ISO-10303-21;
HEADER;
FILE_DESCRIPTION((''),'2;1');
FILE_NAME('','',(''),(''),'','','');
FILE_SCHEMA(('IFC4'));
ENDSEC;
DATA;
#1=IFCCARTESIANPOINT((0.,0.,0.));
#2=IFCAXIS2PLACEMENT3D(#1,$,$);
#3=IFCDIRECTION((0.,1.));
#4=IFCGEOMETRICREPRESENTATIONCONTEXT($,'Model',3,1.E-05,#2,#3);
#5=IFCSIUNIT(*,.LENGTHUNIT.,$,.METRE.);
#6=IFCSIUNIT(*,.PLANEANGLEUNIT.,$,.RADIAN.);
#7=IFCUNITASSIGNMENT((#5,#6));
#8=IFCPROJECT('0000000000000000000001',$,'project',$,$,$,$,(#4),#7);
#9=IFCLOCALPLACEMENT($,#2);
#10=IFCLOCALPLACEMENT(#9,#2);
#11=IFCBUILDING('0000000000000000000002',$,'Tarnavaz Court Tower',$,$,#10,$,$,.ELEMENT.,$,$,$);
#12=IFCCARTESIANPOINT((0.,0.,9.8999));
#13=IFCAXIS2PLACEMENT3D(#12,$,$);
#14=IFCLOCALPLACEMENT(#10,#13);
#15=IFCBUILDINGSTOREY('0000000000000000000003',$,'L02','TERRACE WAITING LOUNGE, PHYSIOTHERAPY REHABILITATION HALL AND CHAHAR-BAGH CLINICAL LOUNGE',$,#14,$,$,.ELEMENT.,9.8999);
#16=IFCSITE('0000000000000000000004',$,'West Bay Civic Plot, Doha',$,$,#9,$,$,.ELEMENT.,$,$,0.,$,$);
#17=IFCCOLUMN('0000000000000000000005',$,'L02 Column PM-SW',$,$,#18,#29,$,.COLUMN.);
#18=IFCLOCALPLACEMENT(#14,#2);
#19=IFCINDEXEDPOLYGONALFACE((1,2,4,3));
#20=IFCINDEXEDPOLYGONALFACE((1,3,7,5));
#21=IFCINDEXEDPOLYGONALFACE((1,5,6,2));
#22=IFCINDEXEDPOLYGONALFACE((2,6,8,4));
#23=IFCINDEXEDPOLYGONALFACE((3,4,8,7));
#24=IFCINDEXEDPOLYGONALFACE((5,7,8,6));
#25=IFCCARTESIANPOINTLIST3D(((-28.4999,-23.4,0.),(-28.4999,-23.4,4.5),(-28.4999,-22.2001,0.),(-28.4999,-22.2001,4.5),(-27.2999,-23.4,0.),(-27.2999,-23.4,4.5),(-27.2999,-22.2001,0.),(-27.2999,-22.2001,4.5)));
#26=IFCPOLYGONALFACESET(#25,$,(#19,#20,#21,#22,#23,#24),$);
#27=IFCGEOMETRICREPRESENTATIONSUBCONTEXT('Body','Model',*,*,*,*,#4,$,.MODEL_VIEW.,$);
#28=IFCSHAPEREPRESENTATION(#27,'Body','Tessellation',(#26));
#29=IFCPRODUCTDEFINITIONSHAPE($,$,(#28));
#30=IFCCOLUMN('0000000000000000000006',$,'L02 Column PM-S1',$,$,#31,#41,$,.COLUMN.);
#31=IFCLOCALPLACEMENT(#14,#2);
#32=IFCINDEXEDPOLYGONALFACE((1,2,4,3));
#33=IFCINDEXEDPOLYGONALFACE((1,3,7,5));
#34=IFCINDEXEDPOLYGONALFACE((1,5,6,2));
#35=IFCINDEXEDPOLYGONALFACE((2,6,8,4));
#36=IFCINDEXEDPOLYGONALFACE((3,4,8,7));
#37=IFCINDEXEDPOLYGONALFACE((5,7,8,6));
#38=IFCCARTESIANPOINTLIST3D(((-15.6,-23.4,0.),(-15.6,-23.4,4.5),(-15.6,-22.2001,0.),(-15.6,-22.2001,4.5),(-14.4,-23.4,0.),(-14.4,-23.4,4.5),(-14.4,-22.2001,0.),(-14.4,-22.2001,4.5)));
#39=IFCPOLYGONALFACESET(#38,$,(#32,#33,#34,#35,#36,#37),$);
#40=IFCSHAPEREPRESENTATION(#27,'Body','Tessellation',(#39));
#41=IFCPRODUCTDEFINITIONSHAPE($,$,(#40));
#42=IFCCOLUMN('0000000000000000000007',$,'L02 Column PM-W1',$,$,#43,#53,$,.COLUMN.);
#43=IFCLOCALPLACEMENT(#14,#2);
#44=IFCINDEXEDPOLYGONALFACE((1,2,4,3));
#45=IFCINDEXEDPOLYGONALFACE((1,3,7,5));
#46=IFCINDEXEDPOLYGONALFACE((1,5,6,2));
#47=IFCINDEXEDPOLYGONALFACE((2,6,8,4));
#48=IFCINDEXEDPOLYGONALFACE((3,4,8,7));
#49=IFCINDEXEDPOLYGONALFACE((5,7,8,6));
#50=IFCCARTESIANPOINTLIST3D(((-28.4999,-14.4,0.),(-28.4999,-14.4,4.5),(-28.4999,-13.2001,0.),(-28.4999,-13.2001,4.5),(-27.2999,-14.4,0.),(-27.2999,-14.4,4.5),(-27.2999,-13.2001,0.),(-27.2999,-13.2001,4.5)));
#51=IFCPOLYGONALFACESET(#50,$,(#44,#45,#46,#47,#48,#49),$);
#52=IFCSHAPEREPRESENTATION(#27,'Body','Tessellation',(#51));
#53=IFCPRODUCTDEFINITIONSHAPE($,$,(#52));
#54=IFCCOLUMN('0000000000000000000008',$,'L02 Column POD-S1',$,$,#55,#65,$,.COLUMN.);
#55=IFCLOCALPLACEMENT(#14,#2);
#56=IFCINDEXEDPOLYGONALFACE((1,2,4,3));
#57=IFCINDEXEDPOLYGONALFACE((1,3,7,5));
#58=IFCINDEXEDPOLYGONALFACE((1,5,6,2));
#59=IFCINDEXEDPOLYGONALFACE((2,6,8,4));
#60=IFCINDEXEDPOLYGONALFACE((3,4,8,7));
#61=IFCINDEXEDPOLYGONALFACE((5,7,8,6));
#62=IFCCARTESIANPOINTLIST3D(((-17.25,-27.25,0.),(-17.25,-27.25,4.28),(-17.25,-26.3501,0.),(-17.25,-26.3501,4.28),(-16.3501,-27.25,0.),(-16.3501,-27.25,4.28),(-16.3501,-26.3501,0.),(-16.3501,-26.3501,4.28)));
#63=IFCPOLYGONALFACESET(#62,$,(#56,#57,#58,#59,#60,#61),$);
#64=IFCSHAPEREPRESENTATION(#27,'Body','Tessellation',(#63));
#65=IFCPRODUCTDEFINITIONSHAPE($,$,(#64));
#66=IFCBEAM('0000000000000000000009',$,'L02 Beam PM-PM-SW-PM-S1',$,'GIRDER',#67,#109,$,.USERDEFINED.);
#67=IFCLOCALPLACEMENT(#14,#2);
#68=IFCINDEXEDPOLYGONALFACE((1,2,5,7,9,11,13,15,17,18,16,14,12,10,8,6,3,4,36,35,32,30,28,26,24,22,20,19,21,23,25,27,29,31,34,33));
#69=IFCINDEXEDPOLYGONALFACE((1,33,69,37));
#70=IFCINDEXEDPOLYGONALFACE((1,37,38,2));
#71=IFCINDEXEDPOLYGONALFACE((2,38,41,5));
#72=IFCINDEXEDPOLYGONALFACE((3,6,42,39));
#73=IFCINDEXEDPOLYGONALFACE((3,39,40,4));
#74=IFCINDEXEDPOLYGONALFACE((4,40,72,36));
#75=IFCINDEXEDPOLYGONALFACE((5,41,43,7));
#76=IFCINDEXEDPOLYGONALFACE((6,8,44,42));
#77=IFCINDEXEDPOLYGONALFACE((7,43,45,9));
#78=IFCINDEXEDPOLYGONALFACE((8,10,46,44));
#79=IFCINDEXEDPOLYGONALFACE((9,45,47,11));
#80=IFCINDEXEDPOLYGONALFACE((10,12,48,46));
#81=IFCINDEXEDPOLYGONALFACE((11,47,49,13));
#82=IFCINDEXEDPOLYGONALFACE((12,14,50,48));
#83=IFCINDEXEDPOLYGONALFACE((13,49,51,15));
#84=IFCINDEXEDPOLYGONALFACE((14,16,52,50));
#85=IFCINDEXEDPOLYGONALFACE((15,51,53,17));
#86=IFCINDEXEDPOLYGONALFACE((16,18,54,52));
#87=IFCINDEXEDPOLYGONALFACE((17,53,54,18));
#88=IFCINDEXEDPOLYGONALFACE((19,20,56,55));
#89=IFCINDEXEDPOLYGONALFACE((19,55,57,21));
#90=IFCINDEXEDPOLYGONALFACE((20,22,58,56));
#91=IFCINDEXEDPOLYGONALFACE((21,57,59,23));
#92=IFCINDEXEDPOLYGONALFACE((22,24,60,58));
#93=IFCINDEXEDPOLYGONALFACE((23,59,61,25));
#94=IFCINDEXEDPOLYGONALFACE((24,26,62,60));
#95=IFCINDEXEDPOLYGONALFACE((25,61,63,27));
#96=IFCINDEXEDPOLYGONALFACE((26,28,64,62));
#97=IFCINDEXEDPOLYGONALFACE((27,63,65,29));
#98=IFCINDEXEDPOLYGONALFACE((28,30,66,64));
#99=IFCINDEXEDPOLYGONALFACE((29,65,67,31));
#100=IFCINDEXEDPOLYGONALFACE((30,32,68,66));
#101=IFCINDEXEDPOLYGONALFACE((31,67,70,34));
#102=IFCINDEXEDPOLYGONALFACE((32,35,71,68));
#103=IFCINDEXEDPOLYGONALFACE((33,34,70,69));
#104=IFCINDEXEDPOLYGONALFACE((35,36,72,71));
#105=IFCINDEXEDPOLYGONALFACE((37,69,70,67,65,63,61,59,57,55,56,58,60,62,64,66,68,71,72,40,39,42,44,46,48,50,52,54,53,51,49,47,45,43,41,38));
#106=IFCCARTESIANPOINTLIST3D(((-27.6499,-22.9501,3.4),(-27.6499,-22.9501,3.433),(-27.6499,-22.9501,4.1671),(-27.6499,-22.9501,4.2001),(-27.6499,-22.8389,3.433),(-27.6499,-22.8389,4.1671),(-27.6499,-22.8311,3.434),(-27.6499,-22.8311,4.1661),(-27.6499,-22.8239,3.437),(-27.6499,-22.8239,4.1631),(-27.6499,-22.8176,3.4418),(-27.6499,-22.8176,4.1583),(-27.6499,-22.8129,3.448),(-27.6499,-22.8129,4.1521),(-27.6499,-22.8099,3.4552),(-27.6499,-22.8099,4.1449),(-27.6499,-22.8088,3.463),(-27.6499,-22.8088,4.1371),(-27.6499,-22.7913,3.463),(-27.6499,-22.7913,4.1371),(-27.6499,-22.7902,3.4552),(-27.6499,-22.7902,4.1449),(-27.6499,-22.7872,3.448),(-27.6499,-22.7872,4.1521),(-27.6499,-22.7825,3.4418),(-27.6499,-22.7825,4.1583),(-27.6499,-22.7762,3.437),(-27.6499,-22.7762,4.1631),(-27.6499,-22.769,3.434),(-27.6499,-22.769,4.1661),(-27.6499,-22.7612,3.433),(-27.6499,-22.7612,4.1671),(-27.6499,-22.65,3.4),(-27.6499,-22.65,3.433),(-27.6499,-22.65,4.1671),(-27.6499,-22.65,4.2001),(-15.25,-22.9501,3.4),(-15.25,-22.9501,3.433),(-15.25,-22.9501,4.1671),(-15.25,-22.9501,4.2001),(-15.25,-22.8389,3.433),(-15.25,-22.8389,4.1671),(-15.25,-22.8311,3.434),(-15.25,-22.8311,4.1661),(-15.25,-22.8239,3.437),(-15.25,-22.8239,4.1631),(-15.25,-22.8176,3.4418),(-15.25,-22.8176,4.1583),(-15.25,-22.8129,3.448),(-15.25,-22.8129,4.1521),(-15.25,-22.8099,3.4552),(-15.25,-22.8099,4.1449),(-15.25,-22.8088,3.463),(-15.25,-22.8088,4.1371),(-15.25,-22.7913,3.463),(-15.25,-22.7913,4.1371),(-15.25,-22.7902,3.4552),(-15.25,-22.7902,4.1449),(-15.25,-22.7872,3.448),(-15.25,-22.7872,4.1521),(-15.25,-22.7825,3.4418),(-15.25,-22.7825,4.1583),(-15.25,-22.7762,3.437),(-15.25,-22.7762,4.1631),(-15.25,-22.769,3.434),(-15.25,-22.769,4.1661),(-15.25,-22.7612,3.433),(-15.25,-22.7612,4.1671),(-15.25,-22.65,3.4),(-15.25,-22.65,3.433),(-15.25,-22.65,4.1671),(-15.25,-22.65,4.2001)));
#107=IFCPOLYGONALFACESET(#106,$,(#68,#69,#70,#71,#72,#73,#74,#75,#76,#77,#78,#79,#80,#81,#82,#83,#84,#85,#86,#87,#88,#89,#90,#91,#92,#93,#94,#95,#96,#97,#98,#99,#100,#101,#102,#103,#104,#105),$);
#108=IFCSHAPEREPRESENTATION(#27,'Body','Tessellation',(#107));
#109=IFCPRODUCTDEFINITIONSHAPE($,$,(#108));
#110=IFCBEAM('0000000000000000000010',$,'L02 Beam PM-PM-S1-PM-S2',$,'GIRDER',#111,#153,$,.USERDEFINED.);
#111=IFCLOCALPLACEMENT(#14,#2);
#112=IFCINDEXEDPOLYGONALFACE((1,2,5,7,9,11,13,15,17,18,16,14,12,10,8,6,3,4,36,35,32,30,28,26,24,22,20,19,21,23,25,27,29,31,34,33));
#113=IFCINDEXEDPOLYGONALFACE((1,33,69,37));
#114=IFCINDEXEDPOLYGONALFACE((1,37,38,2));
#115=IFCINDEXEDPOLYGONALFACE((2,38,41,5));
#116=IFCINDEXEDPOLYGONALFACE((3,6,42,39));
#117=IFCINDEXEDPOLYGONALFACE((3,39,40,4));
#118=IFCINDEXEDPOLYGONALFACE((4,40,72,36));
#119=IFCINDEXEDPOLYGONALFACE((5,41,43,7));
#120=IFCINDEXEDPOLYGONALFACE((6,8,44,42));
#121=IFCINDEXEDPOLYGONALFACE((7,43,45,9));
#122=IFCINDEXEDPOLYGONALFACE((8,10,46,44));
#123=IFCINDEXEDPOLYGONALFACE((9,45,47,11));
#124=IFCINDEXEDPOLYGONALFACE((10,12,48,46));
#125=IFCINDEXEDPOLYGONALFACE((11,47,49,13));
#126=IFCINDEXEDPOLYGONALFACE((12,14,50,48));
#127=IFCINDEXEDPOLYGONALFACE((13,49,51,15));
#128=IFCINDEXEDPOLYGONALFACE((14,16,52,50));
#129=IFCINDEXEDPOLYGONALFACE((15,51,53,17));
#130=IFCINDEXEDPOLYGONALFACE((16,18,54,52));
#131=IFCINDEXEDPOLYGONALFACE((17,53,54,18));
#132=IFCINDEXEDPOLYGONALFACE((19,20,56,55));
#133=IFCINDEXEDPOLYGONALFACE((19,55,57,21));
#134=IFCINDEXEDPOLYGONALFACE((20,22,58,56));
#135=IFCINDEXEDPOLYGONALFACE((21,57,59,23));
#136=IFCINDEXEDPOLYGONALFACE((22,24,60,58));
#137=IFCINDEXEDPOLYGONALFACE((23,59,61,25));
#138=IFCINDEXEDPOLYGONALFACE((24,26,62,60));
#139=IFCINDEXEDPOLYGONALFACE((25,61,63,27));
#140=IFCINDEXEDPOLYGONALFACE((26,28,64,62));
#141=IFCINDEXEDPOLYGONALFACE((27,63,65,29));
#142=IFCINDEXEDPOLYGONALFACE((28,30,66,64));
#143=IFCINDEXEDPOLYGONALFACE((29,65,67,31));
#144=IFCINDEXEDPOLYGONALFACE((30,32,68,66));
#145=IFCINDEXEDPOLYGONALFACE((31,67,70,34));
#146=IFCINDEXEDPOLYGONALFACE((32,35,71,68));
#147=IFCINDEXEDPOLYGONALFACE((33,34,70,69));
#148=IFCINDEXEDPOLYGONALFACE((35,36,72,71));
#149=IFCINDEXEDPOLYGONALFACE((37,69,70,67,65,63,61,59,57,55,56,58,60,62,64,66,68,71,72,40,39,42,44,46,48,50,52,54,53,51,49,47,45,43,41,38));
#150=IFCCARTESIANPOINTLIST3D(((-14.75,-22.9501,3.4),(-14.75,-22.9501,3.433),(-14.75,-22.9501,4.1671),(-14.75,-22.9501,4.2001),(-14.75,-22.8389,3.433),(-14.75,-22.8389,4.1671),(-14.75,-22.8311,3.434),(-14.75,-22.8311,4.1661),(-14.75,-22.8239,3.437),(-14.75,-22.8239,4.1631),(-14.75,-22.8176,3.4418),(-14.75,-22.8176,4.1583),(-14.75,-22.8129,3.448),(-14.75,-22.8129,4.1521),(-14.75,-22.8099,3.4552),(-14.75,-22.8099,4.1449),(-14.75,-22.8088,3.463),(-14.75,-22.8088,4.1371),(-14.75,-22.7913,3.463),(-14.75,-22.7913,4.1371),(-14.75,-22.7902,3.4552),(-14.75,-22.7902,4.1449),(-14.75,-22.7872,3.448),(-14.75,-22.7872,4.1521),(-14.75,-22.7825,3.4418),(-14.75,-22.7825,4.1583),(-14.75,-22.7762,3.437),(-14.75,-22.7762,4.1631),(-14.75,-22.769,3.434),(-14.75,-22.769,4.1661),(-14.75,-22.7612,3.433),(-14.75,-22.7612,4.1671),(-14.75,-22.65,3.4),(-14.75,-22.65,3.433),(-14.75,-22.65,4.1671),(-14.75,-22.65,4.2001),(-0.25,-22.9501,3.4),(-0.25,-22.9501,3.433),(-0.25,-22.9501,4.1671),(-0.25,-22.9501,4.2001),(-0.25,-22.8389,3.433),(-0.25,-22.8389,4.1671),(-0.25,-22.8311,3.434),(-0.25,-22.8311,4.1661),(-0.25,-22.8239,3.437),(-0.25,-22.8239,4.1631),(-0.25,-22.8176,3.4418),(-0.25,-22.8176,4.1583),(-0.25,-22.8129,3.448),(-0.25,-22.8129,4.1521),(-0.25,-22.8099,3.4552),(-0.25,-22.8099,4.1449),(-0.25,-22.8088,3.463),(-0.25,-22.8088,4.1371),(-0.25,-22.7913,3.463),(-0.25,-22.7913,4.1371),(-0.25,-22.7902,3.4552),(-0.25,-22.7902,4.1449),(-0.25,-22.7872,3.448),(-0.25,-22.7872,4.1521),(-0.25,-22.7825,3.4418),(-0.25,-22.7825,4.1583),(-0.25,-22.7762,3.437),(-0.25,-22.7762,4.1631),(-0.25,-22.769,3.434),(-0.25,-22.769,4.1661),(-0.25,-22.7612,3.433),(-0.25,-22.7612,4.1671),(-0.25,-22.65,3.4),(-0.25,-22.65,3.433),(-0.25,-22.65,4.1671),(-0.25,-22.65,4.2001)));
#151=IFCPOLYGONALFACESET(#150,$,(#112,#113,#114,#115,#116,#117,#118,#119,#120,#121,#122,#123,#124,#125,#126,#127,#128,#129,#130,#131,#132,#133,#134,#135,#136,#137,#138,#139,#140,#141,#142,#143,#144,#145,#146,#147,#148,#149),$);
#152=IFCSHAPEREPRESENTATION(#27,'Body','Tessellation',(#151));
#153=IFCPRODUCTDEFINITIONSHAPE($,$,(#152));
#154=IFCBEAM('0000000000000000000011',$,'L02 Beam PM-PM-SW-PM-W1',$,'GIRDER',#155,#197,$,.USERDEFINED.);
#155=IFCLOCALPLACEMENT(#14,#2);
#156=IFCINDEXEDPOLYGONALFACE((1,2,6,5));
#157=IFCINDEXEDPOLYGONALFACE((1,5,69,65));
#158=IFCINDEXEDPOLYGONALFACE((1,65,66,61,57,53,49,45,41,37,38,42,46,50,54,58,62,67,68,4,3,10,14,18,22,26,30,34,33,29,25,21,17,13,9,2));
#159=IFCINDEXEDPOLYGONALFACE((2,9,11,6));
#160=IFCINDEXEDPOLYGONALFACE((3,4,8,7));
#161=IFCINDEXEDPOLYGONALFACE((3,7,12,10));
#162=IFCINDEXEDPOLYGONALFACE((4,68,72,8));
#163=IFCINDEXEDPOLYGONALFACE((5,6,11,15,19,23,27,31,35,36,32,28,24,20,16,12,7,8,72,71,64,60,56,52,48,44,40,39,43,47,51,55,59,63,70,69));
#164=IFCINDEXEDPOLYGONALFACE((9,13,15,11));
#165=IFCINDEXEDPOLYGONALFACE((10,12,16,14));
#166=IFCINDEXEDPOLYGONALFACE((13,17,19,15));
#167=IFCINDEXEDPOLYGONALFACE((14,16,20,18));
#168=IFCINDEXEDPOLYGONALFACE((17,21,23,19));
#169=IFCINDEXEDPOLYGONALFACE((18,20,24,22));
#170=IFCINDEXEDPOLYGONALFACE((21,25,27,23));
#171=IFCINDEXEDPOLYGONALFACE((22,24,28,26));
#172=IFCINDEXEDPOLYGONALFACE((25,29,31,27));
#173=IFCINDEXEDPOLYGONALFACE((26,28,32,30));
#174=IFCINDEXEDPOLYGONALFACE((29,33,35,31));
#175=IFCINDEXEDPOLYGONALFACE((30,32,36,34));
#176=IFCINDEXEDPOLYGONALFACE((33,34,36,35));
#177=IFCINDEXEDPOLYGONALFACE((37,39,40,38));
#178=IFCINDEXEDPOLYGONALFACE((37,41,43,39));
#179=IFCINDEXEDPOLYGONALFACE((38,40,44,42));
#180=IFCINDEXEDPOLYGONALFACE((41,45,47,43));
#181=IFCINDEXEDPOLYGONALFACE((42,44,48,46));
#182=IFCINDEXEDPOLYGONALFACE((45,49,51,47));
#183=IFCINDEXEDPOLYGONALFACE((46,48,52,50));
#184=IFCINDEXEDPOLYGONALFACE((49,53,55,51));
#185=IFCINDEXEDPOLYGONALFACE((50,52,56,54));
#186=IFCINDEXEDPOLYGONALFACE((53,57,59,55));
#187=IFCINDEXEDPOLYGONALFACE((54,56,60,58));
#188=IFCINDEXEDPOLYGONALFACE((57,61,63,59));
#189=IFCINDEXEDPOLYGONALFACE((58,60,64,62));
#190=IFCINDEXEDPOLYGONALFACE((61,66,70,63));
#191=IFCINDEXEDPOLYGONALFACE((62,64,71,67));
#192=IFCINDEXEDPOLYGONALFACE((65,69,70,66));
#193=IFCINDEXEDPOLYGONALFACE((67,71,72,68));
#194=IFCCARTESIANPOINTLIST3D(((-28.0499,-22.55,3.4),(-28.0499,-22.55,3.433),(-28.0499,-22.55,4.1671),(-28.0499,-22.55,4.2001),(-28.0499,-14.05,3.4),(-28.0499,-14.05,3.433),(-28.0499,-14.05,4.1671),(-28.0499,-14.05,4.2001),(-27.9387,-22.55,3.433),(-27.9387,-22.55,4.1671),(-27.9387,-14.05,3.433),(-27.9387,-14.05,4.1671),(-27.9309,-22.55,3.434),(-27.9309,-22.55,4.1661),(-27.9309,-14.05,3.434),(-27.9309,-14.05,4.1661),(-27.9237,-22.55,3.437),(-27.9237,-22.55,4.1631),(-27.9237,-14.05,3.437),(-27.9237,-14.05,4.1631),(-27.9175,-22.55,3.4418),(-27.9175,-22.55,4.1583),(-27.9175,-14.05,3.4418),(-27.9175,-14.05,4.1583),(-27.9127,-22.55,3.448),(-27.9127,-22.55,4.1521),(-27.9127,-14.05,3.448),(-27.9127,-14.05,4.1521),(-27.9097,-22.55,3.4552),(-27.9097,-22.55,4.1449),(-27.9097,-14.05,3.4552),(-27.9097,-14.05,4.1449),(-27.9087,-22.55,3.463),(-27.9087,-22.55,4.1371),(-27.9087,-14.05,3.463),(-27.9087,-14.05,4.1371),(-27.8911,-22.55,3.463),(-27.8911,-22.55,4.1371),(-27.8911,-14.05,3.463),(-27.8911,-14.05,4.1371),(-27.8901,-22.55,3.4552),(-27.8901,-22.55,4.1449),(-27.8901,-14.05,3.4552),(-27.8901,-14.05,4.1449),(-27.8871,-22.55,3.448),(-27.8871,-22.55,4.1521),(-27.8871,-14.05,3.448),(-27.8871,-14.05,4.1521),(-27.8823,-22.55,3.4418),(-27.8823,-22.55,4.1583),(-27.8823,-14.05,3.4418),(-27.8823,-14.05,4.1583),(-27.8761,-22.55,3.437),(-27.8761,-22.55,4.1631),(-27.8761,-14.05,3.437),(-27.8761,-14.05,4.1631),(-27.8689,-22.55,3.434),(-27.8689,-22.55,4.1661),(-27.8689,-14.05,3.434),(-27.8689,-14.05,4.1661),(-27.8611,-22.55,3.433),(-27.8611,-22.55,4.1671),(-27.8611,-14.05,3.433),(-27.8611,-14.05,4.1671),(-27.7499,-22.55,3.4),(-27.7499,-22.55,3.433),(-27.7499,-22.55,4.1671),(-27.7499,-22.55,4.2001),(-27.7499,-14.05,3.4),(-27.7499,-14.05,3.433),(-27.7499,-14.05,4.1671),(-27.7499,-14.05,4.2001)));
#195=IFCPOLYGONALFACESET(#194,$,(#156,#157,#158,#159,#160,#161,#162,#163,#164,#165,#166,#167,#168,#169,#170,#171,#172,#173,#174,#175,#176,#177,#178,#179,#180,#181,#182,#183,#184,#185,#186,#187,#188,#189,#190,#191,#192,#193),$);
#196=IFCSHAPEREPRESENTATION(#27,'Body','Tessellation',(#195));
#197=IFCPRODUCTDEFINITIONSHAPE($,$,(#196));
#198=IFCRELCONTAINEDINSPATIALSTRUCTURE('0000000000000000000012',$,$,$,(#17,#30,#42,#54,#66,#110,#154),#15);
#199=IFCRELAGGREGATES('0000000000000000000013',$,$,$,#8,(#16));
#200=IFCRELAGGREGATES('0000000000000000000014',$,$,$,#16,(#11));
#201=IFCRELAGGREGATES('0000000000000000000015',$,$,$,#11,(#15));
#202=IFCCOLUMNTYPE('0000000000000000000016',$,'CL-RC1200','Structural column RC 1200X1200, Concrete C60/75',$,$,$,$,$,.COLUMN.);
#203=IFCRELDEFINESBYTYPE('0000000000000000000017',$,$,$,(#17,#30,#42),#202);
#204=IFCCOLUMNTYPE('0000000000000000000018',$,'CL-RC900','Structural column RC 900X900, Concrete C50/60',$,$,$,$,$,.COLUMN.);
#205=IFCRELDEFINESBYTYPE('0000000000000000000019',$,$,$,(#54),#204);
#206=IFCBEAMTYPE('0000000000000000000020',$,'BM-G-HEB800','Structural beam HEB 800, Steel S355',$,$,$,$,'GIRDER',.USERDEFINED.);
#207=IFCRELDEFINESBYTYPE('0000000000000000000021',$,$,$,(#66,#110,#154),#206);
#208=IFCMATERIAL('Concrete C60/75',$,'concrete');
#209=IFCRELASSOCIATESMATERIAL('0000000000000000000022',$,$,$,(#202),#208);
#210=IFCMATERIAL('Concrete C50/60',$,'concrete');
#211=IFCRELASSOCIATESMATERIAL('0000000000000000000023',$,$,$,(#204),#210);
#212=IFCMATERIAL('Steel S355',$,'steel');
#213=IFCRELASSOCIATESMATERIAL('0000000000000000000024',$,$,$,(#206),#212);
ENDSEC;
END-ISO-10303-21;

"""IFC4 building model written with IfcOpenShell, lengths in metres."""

from ifc_helpers import new_model, si_unit, direction, frame, origin, origin_2d, place, context, subcontext, project, spatial, rectangle, i_section, extrude, material, material_profile, profile_set, type_object, element, save


model = new_model("IFC4")

# Units and contexts
model_context = context("Model", 3, precision=1e-05, world=origin(), true_north=direction((0.0, 1.0)))
body_context = subcontext(model_context, "Body", "Model", "MODEL_VIEW")
ifc_project = project(units=[si_unit("LENGTHUNIT", "METRE"), si_unit("PLANEANGLEUNIT", "RADIAN")], contexts=[model_context])

# Site, building, storey
site_placement = place(None, origin())
site = spatial("IfcSite", under=ifc_project, at=site_placement, Name="West Bay Civic Plot, Doha", CompositionType="ELEMENT", RefElevation=0.0)
building_placement = place(site_placement, origin())
building = spatial("IfcBuilding", under=site, at=building_placement, Name="Tarnavaz Court Tower", CompositionType="ELEMENT")
storey_placement = place(building_placement, frame((0.0, 0.0, 9.8999)))
storey = spatial("IfcBuildingStorey", under=building, at=storey_placement, Name="L02", Description="TERRACE WAITING LOUNGE, PHYSIOTHERAPY REHABILITATION HALL AND CHAHAR-BAGH CLINICAL LOUNGE", CompositionType="ELEMENT", Elevation=9.8999)

# Columns
ifc_material_1 = material(Name="Concrete C60/75", Category="concrete")
ifc_material_profile_1 = material_profile(ifc_material_1, rectangle(XDim=1.2, YDim=1.2, at=origin_2d()), Name="RC 1200X1200")
ifc_profile_set_1 = profile_set([ifc_material_profile_1], Name="Concrete C60/75")
column_type_1 = type_object("IfcColumnType", Name="CL-RC1200", Description="Structural column RC 1200X1200, Concrete C60/75", PredefinedType="COLUMN", material=ifc_profile_set_1)
for number, where, z_axis, x_axis, name in (
    (1, (-27.8999, -22.8, 0.0), (0.0, 0.0, 1.0), (1.0, 0.0, 0.0), "L02 Column PM-SW"),
    (2, (-15.0, -22.8, 0.0), (0.0, 0.0, 1.0), (1.0, 0.0, 0.0), "L02 Column PM-S1"),
    (3, (-27.8999, -13.8, 0.0), (0.0, 0.0, 1.0), (1.0, 0.0, 0.0), "L02 Column PM-W1"),
):
    element("IfcColumn", number, at=place(storey_placement, frame(where, z_axis=z_axis, x_axis=x_axis)), inside=storey, type_object=column_type_1, Name=name, PredefinedType="COLUMN", context=body_context, shape_type="SweptSolid", body=[
        extrude(rectangle(XDim=1.2, YDim=1.2, at=origin_2d()), origin(), (0.0, 0.0, 1.0), 4.5),
    ])
ifc_material_2 = material(Name="Concrete C50/60", Category="concrete")
ifc_material_profile_2 = material_profile(ifc_material_2, rectangle(XDim=0.8999, YDim=0.8999, at=origin_2d()), Name="RC 900X900")
ifc_profile_set_2 = profile_set([ifc_material_profile_2], Name="Concrete C50/60")
column_type_2 = type_object("IfcColumnType", Name="CL-RC900", Description="Structural column RC 900X900, Concrete C50/60", PredefinedType="COLUMN", material=ifc_profile_set_2)
column_placement = place(storey_placement, frame((-16.8, -26.8, 0.0), z_axis=(0.0, 0.0, 1.0), x_axis=(1.0, 0.0, 0.0)))
element("IfcColumn", 4, at=column_placement, inside=storey, type_object=column_type_2, Name="L02 Column POD-S1", PredefinedType="COLUMN", context=body_context, shape_type="SweptSolid", body=[
    extrude(rectangle(XDim=0.8999, YDim=0.8999, at=origin_2d()), origin(), (0.0, 0.0, 1.0), 4.28),
])

# Beams
ifc_material_3 = material(Name="Steel S355", Category="steel")
ifc_material_profile_3 = material_profile(ifc_material_3, i_section(OverallWidth=0.3, OverallDepth=0.8, WebThickness=0.0176, FlangeThickness=0.033, FilletRadius=0.03, at=origin_2d()), Name="HEB 800")
ifc_profile_set_3 = profile_set([ifc_material_profile_3], Name="Steel S355")
beam_type_1 = type_object("IfcBeamType", Name="BM-G-HEB800", Description="Structural beam HEB 800, Steel S355", ElementType="GIRDER", PredefinedType="USERDEFINED", material=ifc_profile_set_3)
beam_1_placement = place(storey_placement, frame((-27.6499, -22.8, 3.8), z_axis=(1.0, 0.0, 0.0), x_axis=(0.0, 1.0, 0.0)))
element("IfcBeam", 5, at=beam_1_placement, inside=storey, type_object=beam_type_1, Name="L02 Beam PM-PM-SW-PM-S1", ObjectType="GIRDER", PredefinedType="USERDEFINED", context=body_context, shape_type="SweptSolid", body=[
    extrude(i_section(OverallWidth=0.3, OverallDepth=0.8, WebThickness=0.0176, FlangeThickness=0.033, FilletRadius=0.03, at=origin_2d()), origin(), (0.0, 0.0, 1.0), 12.3999),
])
beam_2_placement = place(storey_placement, frame((-14.75, -22.8, 3.8), z_axis=(1.0, 0.0, 0.0), x_axis=(0.0, 1.0, 0.0)))
element("IfcBeam", 6, at=beam_2_placement, inside=storey, type_object=beam_type_1, Name="L02 Beam PM-PM-S1-PM-S2", ObjectType="GIRDER", PredefinedType="USERDEFINED", context=body_context, shape_type="SweptSolid", body=[
    extrude(i_section(OverallWidth=0.3, OverallDepth=0.8, WebThickness=0.0176, FlangeThickness=0.033, FilletRadius=0.03, at=origin_2d()), origin(), (0.0, 0.0, 1.0), 14.5),
])
beam_3_placement = place(storey_placement, frame((-27.8999, -22.55, 3.8), z_axis=(0.0, 1.0, 0.0), x_axis=(-1.0, 0.0, 0.0)))
element("IfcBeam", 7, at=beam_3_placement, inside=storey, type_object=beam_type_1, Name="L02 Beam PM-PM-SW-PM-W1", ObjectType="GIRDER", PredefinedType="USERDEFINED", context=body_context, shape_type="SweptSolid", body=[
    extrude(i_section(OverallWidth=0.3, OverallDepth=0.8, WebThickness=0.0176, FlangeThickness=0.033, FilletRadius=0.03, at=origin_2d()), origin(), (0.0, 0.0, 1.0), 8.5),
])

save(model, "model.ifc")
